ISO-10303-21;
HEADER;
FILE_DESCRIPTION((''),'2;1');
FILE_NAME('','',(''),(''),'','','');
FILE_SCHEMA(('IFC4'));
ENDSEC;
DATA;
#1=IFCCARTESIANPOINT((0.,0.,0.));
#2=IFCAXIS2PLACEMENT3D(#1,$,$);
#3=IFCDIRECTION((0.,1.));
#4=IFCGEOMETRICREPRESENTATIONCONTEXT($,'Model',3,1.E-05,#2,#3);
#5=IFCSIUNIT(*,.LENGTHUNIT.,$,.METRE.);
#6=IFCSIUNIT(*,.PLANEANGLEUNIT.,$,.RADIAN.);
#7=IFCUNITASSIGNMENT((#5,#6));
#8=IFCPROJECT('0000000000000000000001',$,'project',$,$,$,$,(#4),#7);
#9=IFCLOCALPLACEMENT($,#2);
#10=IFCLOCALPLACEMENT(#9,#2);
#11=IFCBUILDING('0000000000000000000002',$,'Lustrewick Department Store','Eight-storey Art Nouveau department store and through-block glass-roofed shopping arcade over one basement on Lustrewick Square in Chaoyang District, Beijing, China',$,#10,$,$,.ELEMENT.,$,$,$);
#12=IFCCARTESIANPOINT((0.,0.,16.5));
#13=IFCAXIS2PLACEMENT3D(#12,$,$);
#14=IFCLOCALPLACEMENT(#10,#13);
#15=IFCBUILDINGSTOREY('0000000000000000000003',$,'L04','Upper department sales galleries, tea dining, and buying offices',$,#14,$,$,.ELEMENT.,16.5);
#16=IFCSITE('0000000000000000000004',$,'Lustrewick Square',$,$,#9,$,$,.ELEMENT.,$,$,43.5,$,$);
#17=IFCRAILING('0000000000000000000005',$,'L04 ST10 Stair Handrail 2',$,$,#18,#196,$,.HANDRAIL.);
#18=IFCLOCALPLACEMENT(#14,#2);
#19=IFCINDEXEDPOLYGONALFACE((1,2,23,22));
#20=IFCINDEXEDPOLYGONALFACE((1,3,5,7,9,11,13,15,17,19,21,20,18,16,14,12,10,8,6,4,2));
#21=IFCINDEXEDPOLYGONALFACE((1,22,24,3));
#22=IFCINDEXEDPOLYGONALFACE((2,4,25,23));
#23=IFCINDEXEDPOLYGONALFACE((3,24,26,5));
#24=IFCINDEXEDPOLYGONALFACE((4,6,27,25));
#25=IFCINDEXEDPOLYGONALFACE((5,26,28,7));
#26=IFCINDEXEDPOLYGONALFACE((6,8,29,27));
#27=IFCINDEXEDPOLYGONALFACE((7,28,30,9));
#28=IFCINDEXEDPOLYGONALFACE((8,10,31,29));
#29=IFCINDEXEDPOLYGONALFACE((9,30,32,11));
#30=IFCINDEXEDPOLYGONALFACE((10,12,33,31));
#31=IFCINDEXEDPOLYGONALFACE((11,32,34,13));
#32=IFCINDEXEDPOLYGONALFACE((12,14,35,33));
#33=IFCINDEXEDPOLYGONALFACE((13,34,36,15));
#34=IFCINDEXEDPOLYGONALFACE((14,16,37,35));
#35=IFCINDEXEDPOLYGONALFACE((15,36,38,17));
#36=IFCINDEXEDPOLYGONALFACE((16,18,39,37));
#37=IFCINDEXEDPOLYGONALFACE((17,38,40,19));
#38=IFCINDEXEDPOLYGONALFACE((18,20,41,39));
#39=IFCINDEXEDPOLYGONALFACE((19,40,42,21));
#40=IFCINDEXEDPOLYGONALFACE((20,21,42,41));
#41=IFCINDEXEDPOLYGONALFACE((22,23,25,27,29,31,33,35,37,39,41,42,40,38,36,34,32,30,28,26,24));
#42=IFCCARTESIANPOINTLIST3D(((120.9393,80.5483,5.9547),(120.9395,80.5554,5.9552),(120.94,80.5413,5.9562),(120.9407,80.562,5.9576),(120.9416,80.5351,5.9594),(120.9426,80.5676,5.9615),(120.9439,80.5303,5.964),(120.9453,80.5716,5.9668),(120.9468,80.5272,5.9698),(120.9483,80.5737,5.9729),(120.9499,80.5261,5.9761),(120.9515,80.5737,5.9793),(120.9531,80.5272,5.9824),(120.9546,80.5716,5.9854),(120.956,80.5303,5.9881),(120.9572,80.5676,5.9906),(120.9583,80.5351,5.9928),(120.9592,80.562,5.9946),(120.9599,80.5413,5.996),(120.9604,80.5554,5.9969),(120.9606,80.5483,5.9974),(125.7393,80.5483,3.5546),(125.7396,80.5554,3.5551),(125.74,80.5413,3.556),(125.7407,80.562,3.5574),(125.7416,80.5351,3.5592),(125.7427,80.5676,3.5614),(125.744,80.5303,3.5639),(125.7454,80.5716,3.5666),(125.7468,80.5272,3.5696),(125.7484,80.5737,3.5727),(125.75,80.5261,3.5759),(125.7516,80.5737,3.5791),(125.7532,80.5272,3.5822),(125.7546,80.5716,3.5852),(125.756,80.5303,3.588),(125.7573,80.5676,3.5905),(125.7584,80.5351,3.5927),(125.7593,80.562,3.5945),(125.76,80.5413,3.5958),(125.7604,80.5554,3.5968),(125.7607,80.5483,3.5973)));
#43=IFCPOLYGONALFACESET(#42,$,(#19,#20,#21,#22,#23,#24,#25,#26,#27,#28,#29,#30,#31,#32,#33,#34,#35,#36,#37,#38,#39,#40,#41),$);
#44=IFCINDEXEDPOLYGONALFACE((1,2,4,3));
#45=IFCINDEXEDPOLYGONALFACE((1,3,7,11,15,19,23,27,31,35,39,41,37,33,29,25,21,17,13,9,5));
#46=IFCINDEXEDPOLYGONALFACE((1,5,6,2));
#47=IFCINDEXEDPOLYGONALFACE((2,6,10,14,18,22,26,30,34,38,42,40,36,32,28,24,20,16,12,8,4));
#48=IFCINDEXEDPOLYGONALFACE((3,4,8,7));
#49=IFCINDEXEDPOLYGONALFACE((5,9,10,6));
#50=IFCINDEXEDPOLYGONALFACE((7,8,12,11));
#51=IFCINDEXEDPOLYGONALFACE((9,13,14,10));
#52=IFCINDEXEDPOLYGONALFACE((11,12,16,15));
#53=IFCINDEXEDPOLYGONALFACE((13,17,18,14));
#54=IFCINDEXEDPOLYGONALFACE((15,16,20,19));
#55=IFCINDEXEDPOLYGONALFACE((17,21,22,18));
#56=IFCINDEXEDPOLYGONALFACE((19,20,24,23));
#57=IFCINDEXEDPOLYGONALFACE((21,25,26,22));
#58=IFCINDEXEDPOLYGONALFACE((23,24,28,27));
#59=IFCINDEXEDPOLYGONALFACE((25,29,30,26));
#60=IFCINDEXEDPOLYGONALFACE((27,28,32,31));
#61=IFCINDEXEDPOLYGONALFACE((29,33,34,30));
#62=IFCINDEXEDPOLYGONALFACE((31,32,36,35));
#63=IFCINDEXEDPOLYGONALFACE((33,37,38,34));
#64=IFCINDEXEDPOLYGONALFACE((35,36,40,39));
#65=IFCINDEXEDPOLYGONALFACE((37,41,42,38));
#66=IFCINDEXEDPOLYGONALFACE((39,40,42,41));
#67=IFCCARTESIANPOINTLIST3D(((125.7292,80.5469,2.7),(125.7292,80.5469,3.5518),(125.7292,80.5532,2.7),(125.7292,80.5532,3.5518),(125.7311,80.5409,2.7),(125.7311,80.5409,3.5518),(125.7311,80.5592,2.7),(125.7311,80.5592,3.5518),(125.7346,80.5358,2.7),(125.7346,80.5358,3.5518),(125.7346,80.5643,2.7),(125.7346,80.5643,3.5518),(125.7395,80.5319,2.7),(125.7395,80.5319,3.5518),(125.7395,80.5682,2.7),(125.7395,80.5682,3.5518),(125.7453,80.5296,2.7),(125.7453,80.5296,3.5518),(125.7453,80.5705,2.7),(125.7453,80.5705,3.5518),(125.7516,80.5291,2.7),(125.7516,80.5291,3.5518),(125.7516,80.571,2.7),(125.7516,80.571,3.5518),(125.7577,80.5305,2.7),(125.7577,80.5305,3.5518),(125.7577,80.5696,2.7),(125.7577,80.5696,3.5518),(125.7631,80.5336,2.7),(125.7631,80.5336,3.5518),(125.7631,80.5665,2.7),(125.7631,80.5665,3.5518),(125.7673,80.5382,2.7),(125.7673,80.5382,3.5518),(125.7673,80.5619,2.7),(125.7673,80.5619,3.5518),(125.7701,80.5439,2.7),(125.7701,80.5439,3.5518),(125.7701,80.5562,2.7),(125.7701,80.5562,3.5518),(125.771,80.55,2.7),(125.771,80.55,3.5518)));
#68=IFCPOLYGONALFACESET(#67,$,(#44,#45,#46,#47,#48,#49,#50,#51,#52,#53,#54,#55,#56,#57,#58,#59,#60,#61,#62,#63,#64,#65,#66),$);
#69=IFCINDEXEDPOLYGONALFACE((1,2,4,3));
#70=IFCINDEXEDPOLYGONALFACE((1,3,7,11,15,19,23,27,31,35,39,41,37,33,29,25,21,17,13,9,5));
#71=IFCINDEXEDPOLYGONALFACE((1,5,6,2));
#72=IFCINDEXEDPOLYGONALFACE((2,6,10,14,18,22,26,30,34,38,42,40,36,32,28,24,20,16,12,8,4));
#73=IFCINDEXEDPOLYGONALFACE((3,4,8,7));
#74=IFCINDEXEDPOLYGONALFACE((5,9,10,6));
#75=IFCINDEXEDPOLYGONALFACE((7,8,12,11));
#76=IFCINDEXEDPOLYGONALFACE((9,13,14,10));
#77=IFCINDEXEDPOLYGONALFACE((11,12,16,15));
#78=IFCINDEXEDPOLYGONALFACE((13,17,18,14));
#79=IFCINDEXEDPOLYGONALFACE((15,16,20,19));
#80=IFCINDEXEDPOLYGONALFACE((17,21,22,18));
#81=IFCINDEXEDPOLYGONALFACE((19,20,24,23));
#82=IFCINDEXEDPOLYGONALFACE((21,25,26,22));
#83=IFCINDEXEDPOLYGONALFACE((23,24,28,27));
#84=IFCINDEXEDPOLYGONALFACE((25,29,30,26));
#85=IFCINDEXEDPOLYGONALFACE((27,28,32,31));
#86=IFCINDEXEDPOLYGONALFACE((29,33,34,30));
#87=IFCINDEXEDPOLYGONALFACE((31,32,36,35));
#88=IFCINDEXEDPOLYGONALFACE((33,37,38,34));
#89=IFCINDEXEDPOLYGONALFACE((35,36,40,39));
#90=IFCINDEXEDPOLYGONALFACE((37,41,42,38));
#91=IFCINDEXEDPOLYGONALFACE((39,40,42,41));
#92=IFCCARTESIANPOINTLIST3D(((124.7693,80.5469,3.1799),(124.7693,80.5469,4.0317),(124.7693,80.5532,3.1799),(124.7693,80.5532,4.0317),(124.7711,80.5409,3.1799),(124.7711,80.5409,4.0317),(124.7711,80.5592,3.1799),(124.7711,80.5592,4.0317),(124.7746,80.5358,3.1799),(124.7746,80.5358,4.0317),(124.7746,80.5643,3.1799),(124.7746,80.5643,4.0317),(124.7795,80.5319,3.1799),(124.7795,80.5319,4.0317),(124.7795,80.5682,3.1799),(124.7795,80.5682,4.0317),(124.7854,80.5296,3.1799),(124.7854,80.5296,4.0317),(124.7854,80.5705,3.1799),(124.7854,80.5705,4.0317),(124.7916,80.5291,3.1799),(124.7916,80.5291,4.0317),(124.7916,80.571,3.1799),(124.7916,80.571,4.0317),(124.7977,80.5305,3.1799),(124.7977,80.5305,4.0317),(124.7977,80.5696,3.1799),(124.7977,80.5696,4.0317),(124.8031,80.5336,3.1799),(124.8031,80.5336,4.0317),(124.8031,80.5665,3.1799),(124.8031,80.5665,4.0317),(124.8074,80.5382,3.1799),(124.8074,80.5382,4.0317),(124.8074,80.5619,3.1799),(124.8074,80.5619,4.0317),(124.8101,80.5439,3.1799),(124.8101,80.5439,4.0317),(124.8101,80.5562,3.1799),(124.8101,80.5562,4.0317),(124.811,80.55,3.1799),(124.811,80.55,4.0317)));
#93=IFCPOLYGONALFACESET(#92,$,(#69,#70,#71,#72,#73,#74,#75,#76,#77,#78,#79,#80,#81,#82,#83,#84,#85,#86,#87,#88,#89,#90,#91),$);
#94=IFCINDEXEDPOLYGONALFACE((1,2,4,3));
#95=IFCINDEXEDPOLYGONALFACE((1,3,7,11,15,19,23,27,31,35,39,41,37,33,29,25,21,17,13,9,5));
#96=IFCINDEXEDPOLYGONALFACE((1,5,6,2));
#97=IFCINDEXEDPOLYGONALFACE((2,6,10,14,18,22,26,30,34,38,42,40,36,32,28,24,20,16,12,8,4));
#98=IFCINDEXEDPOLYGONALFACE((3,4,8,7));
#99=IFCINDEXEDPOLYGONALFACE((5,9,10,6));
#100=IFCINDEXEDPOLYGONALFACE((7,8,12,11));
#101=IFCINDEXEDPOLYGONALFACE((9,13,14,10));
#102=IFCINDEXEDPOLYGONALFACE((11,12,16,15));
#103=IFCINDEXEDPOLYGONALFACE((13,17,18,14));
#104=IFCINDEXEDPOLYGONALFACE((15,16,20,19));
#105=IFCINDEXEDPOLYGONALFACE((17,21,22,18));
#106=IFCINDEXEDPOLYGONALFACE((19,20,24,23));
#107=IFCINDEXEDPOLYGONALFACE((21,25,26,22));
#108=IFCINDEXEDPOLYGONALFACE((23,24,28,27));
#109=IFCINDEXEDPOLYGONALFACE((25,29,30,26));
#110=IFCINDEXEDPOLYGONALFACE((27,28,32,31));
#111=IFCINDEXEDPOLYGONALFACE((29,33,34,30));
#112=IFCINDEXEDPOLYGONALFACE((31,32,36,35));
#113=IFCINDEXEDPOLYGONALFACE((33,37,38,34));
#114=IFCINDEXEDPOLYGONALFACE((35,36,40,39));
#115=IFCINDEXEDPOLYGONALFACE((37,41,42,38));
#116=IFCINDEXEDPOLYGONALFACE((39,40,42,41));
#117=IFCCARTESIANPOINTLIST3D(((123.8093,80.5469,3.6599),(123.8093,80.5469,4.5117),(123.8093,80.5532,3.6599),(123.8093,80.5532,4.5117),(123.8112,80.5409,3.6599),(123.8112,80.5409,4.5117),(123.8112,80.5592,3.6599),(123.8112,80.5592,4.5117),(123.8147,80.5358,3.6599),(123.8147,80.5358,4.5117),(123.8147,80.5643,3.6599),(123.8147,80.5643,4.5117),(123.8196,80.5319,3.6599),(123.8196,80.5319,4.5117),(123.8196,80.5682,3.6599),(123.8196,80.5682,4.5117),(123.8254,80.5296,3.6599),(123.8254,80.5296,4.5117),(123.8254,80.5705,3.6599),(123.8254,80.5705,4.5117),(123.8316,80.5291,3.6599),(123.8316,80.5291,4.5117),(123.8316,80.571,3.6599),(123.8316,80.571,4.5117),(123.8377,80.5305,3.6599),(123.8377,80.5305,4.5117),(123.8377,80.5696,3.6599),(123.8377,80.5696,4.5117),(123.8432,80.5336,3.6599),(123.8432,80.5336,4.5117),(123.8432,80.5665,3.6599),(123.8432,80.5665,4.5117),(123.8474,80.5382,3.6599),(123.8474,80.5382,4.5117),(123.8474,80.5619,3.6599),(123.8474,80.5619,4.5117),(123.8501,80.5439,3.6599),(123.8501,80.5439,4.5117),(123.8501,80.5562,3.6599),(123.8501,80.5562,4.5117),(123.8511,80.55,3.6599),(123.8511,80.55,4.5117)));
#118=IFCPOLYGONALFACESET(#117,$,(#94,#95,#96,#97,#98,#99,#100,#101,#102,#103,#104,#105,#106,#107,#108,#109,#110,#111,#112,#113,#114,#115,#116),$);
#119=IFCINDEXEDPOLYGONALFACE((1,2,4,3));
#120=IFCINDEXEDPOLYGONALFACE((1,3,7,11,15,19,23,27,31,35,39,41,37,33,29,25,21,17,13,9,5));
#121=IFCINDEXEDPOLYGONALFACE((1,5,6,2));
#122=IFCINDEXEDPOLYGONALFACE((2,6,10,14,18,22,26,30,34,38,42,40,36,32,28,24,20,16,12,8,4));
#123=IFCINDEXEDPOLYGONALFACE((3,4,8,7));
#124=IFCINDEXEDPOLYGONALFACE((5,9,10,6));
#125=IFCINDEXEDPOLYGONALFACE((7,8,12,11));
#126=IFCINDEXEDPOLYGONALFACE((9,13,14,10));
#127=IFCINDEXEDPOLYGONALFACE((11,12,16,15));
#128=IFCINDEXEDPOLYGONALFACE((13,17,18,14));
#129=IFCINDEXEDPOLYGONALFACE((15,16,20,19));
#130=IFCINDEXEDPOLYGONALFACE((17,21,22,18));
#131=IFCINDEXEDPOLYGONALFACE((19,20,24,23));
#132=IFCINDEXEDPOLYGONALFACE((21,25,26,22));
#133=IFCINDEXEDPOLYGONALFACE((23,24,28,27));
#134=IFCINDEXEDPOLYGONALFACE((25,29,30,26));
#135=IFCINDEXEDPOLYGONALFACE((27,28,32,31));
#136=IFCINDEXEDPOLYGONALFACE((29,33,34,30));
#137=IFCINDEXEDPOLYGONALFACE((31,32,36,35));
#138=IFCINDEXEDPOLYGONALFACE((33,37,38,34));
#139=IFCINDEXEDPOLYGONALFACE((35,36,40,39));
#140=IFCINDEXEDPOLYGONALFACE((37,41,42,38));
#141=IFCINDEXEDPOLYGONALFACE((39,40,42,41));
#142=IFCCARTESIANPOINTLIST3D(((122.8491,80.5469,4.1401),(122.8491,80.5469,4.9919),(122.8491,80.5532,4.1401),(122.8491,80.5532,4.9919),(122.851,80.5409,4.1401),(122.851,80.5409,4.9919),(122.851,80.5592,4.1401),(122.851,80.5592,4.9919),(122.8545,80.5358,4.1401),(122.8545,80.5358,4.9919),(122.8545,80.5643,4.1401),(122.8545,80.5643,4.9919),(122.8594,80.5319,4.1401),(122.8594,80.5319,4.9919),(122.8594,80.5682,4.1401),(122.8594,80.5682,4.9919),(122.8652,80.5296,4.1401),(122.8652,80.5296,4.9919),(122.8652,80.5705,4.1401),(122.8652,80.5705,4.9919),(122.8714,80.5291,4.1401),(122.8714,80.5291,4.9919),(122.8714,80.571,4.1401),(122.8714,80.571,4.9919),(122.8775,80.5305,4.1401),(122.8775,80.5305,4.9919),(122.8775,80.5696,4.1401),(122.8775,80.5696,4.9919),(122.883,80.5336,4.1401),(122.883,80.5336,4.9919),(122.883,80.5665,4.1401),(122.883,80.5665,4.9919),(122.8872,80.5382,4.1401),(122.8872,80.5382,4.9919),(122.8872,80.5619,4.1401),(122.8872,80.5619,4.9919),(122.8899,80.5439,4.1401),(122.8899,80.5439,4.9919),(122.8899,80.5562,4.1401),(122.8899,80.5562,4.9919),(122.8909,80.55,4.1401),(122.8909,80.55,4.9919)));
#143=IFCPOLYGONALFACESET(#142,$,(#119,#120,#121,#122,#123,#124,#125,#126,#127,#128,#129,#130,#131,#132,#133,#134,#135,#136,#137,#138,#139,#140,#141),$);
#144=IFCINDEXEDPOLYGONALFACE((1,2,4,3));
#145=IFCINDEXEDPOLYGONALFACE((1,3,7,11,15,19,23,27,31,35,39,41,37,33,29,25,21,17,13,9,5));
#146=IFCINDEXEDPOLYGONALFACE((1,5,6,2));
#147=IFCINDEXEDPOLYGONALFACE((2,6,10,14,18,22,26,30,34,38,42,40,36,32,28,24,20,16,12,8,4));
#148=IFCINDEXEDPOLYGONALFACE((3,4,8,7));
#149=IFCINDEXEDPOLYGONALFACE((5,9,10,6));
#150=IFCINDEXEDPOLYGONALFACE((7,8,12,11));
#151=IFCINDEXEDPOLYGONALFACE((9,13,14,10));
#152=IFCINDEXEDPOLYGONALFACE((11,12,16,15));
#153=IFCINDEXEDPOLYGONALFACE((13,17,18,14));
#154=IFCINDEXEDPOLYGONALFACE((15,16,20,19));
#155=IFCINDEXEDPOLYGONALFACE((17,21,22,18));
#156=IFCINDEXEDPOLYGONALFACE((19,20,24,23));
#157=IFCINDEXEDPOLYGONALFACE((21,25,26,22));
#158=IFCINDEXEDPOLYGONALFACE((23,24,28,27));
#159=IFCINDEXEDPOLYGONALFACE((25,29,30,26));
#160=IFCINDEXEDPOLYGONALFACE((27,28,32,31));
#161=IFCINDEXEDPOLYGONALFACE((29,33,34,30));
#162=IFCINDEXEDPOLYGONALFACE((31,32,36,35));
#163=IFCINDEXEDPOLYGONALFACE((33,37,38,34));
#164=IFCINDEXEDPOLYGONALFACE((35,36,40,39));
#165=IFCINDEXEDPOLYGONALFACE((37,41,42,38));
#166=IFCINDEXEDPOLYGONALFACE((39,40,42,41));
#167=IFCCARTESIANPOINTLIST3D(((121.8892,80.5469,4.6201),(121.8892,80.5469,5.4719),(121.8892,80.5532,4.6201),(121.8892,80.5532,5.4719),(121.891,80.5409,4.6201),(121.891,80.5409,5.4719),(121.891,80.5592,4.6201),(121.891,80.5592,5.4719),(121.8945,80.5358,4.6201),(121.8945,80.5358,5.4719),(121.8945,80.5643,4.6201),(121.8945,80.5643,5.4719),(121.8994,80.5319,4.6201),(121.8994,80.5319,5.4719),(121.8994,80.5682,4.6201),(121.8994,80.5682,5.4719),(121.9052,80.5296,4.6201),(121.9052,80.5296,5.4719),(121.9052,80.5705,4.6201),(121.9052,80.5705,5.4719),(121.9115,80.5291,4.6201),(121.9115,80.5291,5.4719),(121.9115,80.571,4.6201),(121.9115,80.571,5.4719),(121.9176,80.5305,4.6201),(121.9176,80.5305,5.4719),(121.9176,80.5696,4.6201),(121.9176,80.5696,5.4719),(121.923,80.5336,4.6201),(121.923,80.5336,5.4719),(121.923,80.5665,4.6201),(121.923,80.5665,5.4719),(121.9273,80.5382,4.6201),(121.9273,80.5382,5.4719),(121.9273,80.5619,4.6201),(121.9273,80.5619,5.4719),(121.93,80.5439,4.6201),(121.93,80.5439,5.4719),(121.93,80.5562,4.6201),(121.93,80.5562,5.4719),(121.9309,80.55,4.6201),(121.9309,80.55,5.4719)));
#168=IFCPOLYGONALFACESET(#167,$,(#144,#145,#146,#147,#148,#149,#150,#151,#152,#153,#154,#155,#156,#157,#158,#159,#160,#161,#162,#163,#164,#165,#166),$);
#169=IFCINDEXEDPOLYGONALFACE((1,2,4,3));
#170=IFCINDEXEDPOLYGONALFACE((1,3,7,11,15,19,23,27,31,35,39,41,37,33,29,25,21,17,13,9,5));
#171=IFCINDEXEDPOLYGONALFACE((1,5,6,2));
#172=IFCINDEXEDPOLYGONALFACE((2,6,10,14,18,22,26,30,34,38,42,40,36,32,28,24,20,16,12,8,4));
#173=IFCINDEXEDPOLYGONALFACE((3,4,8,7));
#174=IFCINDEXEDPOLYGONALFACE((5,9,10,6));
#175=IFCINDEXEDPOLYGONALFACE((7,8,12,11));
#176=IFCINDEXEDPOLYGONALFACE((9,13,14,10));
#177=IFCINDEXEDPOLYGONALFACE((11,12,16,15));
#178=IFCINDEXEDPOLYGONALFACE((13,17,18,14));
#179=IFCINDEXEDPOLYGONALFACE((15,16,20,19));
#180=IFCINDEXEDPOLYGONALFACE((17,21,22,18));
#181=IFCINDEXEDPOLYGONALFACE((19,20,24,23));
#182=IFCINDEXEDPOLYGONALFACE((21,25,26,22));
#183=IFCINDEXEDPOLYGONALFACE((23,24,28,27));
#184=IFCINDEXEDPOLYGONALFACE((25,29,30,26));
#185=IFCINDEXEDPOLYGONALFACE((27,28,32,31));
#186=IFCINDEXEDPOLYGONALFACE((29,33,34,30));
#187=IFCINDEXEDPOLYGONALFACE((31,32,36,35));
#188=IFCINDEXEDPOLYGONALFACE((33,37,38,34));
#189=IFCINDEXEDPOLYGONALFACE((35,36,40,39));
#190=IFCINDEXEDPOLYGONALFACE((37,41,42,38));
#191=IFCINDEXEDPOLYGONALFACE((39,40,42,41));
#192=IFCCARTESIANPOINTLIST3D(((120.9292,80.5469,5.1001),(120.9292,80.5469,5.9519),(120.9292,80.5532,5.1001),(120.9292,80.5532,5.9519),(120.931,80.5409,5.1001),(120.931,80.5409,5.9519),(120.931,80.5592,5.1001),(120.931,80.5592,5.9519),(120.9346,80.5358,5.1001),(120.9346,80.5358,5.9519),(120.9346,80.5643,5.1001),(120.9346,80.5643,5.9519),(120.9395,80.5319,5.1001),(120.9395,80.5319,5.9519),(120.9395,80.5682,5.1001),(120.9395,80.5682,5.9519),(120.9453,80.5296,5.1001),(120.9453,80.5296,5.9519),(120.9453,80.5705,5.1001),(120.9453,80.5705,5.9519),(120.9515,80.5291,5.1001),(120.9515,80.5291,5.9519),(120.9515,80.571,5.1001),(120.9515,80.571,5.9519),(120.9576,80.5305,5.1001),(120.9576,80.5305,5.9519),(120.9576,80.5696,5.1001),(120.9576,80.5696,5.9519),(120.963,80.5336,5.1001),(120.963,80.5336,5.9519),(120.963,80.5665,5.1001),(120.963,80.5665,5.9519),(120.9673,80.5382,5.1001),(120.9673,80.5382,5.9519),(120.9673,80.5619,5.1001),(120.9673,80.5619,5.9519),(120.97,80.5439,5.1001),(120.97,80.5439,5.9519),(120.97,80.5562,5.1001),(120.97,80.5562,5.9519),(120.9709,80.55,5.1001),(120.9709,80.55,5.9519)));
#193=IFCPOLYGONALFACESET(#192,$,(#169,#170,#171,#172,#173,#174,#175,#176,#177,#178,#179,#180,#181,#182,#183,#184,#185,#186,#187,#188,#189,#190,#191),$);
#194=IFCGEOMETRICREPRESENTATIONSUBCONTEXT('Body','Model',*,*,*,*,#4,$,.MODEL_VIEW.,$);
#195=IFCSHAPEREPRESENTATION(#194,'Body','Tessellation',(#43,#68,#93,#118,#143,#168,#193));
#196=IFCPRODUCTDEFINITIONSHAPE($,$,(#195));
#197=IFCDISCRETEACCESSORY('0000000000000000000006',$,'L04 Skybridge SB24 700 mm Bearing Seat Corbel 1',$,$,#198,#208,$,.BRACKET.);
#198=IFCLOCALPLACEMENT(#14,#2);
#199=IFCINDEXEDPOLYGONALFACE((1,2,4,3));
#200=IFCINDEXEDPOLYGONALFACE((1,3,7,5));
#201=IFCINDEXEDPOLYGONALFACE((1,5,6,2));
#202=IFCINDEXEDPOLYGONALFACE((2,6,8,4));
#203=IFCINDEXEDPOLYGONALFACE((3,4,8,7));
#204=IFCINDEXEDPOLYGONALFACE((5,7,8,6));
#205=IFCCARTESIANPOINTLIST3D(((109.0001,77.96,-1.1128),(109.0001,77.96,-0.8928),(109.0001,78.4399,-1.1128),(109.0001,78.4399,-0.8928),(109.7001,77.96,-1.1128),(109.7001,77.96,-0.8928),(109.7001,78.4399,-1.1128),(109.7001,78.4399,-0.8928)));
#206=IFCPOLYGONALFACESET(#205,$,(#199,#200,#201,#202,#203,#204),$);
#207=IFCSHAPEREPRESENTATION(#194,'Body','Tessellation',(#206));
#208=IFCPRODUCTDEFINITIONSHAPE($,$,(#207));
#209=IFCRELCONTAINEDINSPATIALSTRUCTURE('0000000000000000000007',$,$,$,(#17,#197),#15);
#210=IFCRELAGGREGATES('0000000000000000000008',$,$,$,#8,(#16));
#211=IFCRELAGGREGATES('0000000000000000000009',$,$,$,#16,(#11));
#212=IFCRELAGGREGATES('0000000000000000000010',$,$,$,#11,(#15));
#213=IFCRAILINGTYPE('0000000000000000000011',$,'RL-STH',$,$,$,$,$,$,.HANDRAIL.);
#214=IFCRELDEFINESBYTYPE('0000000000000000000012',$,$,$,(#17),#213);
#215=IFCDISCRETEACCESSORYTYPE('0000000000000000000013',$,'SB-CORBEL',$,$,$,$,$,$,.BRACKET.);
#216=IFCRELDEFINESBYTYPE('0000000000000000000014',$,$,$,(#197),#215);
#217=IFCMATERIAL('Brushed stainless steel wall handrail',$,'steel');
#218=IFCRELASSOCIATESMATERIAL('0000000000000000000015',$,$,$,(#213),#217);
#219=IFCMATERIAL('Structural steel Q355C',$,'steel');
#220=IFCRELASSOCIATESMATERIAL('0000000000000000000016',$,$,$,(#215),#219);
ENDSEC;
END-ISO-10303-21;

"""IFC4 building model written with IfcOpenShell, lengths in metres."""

from ifc_helpers import new_model, si_unit, direction, frame, origin, origin_2d, place, context, subcontext, project, spatial, rectangle, circle, extrude, material, type_object, element, save


model = new_model("IFC4")

# Units and contexts
model_context = context("Model", 3, precision=1e-05, world=origin(), true_north=direction((0.0, 1.0)))
body_context = subcontext(model_context, "Body", "Model", "MODEL_VIEW")
ifc_project = project(units=[si_unit("LENGTHUNIT", "METRE"), si_unit("PLANEANGLEUNIT", "RADIAN")], contexts=[model_context])

# Site, building, storey
site_placement = place(None, origin())
site = spatial("IfcSite", under=ifc_project, at=site_placement, Name="Lustrewick Square", CompositionType="ELEMENT", RefElevation=43.5)
building_placement = place(site_placement, origin())
building = spatial("IfcBuilding", under=site, at=building_placement, Name="Lustrewick Department Store", Description="Eight-storey Art Nouveau department store and through-block glass-roofed shopping arcade over one basement on Lustrewick Square in Chaoyang District, Beijing, China", CompositionType="ELEMENT")
storey_placement = place(building_placement, frame((0.0, 0.0, 16.5)))
storey = spatial("IfcBuildingStorey", under=building, at=storey_placement, Name="L04", Description="Upper department sales galleries, tea dining, and buying offices", CompositionType="ELEMENT", Elevation=16.5)

# Shared definitions
ifc_material_1 = material(Name="Structural steel Q355C", Category="steel")

# Railing
ifc_material_2 = material(Name="Brushed stainless steel wall handrail", Category="steel")
railing_type_1 = type_object("IfcRailingType", Name="RL-STH", PredefinedType="HANDRAIL", material=ifc_material_2)
railing_1_placement = place(storey_placement, frame((125.75, 80.55, 2.7)))
element("IfcRailing", 1, at=railing_1_placement, inside=storey, type_object=railing_type_1, Name="L04 ST10 Stair Handrail 2", PredefinedType="HANDRAIL", context=body_context, shape_type="SweptSolid", body=[
    extrude(circle(Radius=0.0239, at=origin_2d()), frame((0.0, 0.0, 0.876), z_axis=(-0.894418, 0.0, 0.447232), x_axis=(0.0, -1.0, 0.0)), (0.0, 0.0, 1.0), 5.3667),
    extrude(circle(Radius=0.021, at=origin_2d()), origin(), (0.0, 0.0, 1.0), 0.8518),
    extrude(circle(Radius=0.021, at=origin_2d()), frame((-0.96, 0.0, 0.48)), (0.0, 0.0, 1.0), 0.8518),
    extrude(circle(Radius=0.021, at=origin_2d()), frame((-1.9199, 0.0, 0.96)), (0.0, 0.0, 1.0), 0.8518),
    extrude(circle(Radius=0.021, at=origin_2d()), frame((-2.8801, 0.0, 1.4402)), (0.0, 0.0, 1.0), 0.8518),
    extrude(circle(Radius=0.021, at=origin_2d()), frame((-3.8401, 0.0, 1.9202)), (0.0, 0.0, 1.0), 0.8518),
    extrude(circle(Radius=0.021, at=origin_2d()), frame((-4.8, 0.0, 2.4001)), (0.0, 0.0, 1.0), 0.8518),
])

# Discrete accessory
discrete_accessory_type_1 = type_object("IfcDiscreteAccessoryType", Name="SB-CORBEL", PredefinedType="BRACKET", material=ifc_material_1)
for number, where, z_axis, x_axis, name in (
    (2, (109.3501, 78.2, -1.1128), (0.0, 0.0, 1.0), (1.0, 0.0, 0.0), "L04 Skybridge SB24 700 mm Bearing Seat Corbel 1"),
):
    element("IfcDiscreteAccessory", number, at=place(storey_placement, frame(where, z_axis=z_axis, x_axis=x_axis)), inside=storey, type_object=discrete_accessory_type_1, Name=name, PredefinedType="BRACKET", context=body_context, shape_type="SweptSolid", body=[
        extrude(rectangle(XDim=0.7, YDim=0.48, at=origin_2d()), origin(), (0.0, 0.0, 1.0), 0.22),
    ])

save(model, "model.ifc")
